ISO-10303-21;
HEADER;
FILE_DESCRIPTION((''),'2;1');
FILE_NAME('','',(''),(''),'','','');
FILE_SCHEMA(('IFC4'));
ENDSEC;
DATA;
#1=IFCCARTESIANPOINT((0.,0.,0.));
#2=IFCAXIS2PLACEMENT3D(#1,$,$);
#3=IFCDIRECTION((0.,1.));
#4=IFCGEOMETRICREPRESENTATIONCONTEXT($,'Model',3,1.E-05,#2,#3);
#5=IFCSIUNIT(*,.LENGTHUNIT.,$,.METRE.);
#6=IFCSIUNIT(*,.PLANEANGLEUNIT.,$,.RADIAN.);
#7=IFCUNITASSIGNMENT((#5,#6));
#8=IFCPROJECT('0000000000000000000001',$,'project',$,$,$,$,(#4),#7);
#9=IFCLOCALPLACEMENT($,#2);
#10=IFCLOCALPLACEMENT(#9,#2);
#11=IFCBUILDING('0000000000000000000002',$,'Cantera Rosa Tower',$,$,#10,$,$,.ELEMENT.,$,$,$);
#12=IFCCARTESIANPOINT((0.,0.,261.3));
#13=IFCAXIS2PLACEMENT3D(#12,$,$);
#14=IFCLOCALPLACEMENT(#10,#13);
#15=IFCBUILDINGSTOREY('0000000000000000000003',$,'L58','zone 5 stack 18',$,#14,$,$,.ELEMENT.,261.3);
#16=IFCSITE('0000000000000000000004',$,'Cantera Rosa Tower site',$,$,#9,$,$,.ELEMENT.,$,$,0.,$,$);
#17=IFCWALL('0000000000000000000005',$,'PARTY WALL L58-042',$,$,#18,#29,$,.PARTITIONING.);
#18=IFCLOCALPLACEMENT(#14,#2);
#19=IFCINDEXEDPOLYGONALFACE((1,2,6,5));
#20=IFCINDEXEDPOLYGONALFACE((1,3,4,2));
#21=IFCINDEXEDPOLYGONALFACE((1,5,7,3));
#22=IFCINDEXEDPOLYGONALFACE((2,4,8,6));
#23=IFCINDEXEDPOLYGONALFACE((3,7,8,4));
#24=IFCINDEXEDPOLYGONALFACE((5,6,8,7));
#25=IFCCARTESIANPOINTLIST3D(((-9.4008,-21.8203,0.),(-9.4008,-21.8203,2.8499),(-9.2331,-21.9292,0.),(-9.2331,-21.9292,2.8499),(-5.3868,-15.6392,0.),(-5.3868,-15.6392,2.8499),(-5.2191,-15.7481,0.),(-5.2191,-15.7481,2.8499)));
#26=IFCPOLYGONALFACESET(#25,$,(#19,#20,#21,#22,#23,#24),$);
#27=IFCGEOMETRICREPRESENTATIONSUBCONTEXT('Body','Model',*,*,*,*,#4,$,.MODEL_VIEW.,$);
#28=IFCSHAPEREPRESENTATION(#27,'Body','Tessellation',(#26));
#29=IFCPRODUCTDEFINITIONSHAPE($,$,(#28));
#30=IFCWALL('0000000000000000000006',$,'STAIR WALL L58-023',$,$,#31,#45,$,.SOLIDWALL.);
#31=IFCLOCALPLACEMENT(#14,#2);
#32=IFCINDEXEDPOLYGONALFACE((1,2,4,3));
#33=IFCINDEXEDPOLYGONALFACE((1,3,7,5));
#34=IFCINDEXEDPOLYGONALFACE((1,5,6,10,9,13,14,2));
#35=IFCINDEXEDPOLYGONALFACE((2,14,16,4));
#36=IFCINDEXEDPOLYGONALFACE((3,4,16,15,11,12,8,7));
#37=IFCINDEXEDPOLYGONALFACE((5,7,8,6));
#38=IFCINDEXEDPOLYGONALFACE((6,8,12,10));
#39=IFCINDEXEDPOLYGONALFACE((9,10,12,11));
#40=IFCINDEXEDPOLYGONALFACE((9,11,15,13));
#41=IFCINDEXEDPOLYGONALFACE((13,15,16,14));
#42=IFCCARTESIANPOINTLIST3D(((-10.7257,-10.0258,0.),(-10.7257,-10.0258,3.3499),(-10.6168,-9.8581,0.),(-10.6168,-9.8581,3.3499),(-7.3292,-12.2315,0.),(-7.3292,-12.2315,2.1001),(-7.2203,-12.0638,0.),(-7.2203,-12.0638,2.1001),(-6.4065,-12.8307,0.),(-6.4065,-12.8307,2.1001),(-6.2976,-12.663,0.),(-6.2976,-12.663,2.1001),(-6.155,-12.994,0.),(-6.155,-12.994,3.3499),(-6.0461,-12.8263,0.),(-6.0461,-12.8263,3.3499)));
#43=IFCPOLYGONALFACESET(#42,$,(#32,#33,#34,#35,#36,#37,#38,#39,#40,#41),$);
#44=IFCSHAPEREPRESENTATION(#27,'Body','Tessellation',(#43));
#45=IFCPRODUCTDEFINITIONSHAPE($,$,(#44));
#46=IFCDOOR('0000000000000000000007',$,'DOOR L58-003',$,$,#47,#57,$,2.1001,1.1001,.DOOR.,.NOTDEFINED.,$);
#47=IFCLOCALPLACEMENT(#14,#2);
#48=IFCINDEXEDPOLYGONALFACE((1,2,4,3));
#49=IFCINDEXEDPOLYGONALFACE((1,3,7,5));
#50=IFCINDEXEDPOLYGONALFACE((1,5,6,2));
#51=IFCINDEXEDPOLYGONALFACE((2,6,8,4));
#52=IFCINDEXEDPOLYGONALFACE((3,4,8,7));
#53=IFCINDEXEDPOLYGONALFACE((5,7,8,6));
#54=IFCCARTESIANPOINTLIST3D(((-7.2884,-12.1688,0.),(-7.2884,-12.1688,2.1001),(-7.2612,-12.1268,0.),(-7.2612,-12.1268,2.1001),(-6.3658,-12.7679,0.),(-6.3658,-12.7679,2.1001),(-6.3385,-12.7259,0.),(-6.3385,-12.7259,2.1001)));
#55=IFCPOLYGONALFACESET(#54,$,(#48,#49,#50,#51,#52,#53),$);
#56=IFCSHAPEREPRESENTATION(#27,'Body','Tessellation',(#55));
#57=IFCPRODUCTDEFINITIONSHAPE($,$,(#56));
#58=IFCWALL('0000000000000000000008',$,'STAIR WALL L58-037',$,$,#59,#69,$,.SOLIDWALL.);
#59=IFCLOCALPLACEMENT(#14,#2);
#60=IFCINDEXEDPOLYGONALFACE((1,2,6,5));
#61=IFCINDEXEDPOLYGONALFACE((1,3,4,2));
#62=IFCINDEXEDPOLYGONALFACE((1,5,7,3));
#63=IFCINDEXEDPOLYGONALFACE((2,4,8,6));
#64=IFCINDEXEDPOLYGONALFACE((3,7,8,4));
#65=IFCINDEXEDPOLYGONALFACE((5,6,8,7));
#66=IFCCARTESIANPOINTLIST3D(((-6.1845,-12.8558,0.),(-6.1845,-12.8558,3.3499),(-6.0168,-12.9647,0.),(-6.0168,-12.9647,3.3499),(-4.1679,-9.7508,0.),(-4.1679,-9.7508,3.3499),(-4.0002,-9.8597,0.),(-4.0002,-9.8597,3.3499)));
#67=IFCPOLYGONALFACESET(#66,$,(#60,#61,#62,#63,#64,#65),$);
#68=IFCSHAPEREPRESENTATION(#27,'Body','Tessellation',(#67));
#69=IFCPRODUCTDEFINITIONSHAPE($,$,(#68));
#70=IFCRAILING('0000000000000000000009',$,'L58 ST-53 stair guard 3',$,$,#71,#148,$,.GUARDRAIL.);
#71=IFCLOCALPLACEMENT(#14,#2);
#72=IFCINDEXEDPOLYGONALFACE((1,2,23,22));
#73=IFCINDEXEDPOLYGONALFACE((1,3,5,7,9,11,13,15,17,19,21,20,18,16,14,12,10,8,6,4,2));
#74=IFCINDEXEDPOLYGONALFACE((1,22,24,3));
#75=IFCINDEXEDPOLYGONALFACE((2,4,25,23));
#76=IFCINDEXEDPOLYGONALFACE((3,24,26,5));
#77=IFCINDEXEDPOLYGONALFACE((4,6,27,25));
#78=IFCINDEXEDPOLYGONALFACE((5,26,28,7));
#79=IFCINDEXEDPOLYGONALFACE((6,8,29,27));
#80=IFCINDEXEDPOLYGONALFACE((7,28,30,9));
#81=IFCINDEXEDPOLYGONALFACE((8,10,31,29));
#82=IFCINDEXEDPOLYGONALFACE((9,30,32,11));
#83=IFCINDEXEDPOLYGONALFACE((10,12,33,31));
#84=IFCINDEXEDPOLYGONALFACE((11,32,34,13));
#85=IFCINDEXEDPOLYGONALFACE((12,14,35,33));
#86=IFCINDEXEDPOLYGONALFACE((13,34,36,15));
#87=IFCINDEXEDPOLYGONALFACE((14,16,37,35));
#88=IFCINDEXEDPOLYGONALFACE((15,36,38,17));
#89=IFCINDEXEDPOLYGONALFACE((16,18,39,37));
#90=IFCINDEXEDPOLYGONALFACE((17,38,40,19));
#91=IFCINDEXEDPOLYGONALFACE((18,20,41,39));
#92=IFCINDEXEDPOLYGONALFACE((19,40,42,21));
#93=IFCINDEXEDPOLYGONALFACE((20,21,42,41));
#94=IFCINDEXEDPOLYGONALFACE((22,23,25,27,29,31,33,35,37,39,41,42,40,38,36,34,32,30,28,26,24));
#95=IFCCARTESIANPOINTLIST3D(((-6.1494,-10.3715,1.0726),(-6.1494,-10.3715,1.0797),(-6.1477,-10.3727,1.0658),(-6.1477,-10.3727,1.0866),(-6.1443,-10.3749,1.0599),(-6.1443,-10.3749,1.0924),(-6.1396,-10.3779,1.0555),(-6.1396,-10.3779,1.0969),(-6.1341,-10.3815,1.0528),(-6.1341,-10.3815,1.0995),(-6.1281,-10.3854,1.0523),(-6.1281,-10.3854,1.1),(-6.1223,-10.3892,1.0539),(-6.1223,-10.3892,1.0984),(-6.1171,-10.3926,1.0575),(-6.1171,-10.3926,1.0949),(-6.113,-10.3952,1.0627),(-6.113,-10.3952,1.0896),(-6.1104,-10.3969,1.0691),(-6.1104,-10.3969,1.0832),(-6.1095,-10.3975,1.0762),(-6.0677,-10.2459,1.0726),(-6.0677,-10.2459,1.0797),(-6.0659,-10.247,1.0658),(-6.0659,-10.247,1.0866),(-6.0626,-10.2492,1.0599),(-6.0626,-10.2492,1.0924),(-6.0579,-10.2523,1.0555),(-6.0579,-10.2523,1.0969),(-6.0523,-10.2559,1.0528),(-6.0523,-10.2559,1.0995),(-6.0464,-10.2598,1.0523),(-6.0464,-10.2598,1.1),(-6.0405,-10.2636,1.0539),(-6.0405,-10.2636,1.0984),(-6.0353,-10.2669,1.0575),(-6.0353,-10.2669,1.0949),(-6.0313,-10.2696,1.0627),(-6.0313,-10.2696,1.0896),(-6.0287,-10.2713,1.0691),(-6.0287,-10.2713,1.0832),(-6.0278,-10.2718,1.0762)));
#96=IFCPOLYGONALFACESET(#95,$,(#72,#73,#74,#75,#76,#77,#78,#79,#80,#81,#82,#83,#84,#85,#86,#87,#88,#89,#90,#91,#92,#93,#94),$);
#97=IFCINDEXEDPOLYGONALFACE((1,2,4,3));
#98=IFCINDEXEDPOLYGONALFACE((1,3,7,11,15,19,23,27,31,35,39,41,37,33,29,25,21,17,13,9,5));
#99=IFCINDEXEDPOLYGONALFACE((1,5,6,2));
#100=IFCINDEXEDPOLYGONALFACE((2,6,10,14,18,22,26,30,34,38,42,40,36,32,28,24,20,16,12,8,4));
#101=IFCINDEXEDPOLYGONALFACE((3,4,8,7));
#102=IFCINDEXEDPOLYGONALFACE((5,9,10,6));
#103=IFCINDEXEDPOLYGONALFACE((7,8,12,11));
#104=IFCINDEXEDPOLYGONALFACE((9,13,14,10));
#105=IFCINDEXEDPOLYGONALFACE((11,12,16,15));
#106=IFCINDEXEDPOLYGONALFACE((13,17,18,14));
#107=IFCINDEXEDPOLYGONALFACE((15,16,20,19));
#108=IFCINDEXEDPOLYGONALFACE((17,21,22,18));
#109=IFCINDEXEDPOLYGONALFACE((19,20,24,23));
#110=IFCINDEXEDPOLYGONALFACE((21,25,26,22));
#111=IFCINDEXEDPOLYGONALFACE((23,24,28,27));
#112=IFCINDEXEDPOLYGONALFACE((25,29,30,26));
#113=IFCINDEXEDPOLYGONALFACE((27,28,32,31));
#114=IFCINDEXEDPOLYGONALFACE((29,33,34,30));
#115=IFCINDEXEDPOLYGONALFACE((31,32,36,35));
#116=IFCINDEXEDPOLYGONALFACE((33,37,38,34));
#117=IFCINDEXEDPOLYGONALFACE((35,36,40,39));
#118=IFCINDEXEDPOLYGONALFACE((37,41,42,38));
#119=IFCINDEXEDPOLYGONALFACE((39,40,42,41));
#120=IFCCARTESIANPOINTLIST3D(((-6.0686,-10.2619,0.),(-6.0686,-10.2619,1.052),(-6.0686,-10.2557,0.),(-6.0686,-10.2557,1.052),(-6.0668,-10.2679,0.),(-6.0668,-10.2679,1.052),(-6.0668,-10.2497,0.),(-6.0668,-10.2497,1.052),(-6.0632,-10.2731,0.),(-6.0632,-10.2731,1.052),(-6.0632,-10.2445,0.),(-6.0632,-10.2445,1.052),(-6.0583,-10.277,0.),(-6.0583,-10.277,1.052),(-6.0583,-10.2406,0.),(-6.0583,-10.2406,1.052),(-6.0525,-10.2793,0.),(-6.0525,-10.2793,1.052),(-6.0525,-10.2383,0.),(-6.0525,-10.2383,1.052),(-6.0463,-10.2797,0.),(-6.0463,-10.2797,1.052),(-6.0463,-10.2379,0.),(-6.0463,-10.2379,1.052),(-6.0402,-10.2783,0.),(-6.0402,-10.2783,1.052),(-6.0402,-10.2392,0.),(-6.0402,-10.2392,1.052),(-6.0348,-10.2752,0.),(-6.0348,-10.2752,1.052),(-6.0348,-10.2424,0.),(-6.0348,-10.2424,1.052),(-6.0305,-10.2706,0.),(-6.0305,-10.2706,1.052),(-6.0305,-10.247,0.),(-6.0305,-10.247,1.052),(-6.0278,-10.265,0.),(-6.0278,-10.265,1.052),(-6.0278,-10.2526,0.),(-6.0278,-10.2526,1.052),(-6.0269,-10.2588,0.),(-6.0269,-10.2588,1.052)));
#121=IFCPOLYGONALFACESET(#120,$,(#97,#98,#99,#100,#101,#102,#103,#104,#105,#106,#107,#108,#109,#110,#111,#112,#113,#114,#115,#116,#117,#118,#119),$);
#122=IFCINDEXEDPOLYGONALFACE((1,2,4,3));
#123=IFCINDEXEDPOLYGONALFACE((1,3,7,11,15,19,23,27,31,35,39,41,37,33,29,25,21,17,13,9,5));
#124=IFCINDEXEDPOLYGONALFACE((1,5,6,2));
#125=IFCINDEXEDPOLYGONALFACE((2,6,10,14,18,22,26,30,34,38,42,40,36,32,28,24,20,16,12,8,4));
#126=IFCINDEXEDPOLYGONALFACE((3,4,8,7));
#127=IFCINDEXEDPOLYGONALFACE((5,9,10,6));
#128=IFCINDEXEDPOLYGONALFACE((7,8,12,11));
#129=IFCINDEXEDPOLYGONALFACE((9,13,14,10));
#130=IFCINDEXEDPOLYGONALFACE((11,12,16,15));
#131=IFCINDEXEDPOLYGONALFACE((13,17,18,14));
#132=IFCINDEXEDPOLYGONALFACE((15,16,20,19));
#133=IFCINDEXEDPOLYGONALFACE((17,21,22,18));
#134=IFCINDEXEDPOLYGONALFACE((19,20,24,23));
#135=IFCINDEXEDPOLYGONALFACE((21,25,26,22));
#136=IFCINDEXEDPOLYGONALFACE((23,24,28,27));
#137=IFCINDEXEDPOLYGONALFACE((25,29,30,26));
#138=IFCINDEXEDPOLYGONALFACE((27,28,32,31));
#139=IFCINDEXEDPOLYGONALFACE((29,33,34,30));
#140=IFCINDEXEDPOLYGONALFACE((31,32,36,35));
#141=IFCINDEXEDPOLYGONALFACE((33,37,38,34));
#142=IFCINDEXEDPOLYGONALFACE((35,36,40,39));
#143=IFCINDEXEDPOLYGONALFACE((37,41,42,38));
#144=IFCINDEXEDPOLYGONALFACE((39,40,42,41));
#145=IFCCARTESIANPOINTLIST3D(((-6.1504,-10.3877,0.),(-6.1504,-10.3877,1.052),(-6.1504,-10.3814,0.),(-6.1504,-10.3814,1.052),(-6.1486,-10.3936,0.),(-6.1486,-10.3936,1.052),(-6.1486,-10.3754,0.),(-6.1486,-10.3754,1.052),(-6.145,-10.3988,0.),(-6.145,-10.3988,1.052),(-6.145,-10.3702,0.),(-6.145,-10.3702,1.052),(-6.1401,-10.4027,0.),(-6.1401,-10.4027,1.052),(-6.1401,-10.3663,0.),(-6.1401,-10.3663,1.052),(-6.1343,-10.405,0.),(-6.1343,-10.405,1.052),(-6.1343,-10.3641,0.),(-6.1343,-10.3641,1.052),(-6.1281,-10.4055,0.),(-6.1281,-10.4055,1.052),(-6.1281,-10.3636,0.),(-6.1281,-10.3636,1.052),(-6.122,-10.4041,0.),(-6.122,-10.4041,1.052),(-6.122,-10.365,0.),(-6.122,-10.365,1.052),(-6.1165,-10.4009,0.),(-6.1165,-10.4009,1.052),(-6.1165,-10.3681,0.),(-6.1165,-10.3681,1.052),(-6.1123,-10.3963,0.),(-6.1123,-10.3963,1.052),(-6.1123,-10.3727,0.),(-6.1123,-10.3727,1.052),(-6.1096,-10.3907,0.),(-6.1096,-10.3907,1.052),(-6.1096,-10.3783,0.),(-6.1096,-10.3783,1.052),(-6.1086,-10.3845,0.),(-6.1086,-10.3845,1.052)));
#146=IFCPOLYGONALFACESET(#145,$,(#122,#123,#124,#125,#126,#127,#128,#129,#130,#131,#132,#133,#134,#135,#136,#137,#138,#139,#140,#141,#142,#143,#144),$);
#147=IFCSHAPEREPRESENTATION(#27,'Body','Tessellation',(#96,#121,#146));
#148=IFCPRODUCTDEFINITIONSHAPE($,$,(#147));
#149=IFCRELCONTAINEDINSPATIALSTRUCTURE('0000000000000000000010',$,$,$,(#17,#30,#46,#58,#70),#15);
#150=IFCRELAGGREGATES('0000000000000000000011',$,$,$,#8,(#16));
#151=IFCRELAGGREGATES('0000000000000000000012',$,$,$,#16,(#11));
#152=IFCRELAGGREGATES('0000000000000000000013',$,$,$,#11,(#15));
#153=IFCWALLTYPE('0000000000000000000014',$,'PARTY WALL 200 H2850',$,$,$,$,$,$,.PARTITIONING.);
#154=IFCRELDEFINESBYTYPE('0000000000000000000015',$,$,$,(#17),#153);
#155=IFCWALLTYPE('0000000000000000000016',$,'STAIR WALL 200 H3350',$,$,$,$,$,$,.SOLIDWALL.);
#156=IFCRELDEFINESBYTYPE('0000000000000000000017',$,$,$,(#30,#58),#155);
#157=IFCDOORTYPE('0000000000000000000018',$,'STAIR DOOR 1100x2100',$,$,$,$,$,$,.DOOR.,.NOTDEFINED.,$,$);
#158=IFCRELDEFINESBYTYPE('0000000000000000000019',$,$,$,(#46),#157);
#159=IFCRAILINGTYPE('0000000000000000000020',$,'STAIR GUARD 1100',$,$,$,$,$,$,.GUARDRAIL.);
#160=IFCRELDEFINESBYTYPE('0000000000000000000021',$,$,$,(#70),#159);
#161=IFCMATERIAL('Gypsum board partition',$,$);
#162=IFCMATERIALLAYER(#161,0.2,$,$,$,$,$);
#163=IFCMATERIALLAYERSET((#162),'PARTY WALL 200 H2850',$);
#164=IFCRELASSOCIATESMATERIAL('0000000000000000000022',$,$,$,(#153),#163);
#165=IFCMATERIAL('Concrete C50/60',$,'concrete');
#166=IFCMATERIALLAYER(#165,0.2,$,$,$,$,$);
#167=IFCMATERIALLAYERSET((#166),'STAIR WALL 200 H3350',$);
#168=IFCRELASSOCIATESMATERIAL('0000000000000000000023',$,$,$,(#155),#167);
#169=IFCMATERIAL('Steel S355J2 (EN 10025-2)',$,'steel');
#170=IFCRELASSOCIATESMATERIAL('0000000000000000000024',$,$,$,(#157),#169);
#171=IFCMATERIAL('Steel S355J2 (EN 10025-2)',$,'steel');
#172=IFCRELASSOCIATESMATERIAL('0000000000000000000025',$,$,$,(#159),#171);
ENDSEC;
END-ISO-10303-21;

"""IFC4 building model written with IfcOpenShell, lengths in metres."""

from ifc_helpers import new_model, si_unit, direction, frame, frame_2d, origin, origin_2d, place, context, subcontext, project, spatial, rectangle, circle, extrude, material, layer, layer_set, type_object, element, fill, save


model = new_model("IFC4")

# Units and contexts
model_context = context("Model", 3, precision=1e-05, world=origin(), true_north=direction((0.0, 1.0)))
body_context = subcontext(model_context, "Body", "Model", "MODEL_VIEW")
ifc_project = project(units=[si_unit("LENGTHUNIT", "METRE"), si_unit("PLANEANGLEUNIT", "RADIAN")], contexts=[model_context])

# Site, building, storey
site_placement = place(None, origin())
site = spatial("IfcSite", under=ifc_project, at=site_placement, Name="Cantera Rosa Tower site", CompositionType="ELEMENT", RefElevation=0.0)
building_placement = place(site_placement, origin())
building = spatial("IfcBuilding", under=site, at=building_placement, Name="Cantera Rosa Tower", CompositionType="ELEMENT")
storey_placement = place(building_placement, frame((0.0, 0.0, 261.3)))
storey = spatial("IfcBuildingStorey", under=building, at=storey_placement, Name="L58", Description="zone 5 stack 18", CompositionType="ELEMENT", Elevation=261.3)

# Wall
ifc_material_1 = material(Name="Gypsum board partition")
ifc_layer_1 = layer(ifc_material_1, 0.2)
ifc_layer_set_1 = layer_set([ifc_layer_1], Name="PARTY WALL 200 H2850")
wall_type_1 = type_object("IfcWallType", Name="PARTY WALL 200 H2850", PredefinedType="PARTITIONING", material=ifc_layer_set_1)
wall_1_placement = place(storey_placement, frame((-5.303, -15.6936, 0.0), z_axis=(0.0, 0.0, 1.0), x_axis=(-0.544623, -0.838681, 0.0)))
element("IfcWall", 1, at=wall_1_placement, inside=storey, type_object=wall_type_1, Name="PARTY WALL L58-042", PredefinedType="PARTITIONING", context=body_context, shape_type="SweptSolid", body=[
    extrude(rectangle(XDim=7.3701, YDim=0.2, at=frame_2d((3.6851, 0.0))), origin(), (0.0, 0.0, 1.0), 2.8499),
])

# Wall, opening, door
ifc_material_2 = material(Name="Concrete C50/60", Category="concrete")
ifc_layer_2 = layer(ifc_material_2, 0.2)
ifc_layer_set_2 = layer_set([ifc_layer_2], Name="STAIR WALL 200 H3350")
wall_type_2 = type_object("IfcWallType", Name="STAIR WALL 200 H3350", PredefinedType="SOLIDWALL", material=ifc_layer_set_2)
wall_2_placement = place(storey_placement, frame((-10.6714, -9.9419, 0.0), z_axis=(0.0, 0.0, 1.0), x_axis=(0.838675, -0.544632, 0.0)))
wall_2 = element("IfcWall", 2, at=wall_2_placement, inside=storey, type_object=wall_type_2, Name="STAIR WALL L58-023", PredefinedType="SOLIDWALL", context=body_context, shape_type="SweptSolid", body=[
    extrude(rectangle(XDim=5.45, YDim=0.2, at=frame_2d((2.7251, 0.0))), origin(), (0.0, 0.0, 1.0), 3.3499),
])
opening_1_placement = place(wall_2_placement, frame((4.05, 0.0, 0.0)))
opening_1 = element("IfcOpeningElement", 3, at=opening_1_placement, cuts=wall_2, PredefinedType="OPENING", context=body_context, shape_type="SweptSolid", body=[
    extrude(rectangle(XDim=1.1001, YDim=2.1001, at=frame_2d((0.55, 1.05))), frame((0.0, 0.1099, 0.0), z_axis=(0.0, -1.0, 0.0), x_axis=(1.0, 0.0, 0.0)), (0.0, 0.0, 1.0), 0.22),
])
ifc_material_3 = material(Name="Steel S355J2 (EN 10025-2)", Category="steel")
door_type_1 = type_object("IfcDoorType", Name="STAIR DOOR 1100x2100", OperationType="NOTDEFINED", PredefinedType="DOOR", material=ifc_material_3)
door_1_placement = place(opening_1_placement, origin())
door_1 = element("IfcDoor", 4, at=door_1_placement, inside=storey, type_object=door_type_1, Name="DOOR L58-003", OperationType="NOTDEFINED", OverallHeight=2.1001, OverallWidth=1.1001, PredefinedType="DOOR", context=body_context, shape_type="SweptSolid", body=[
    extrude(rectangle(XDim=1.1001, YDim=2.1001, at=frame_2d((0.55, 1.05))), frame((0.0, 0.0249, 0.0), z_axis=(0.0, -1.0, 0.0), x_axis=(1.0, 0.0, 0.0)), (0.0, 0.0, 1.0), 0.05),
])
fill(opening_1, door_1)

# Wall
wall_3_placement = place(storey_placement, frame((-6.1006, -12.9102, 0.0), z_axis=(0.0, 0.0, 1.0), x_axis=(0.544678, 0.838645, 0.0)))
element("IfcWall", 5, at=wall_3_placement, inside=storey, type_object=wall_type_2, Name="STAIR WALL L58-037", PredefinedType="SOLIDWALL", context=body_context, shape_type="SweptSolid", body=[
    extrude(rectangle(XDim=3.7024, YDim=0.2, at=frame_2d((1.8511, 0.0))), origin(), (0.0, 0.0, 1.0), 3.3499),
])

# Railing
ifc_material_4 = material(Name="Steel S355J2 (EN 10025-2)", Category="steel")
railing_type_1 = type_object("IfcRailingType", Name="STAIR GUARD 1100", PredefinedType="GUARDRAIL", material=ifc_material_4)
railing_1_placement = place(storey_placement, frame((-6.0479, -10.2588, 0.0)))
element("IfcRailing", 6, at=railing_1_placement, inside=storey, type_object=railing_type_1, Name="L58 ST-53 stair guard 3", PredefinedType="GUARDRAIL", context=body_context, shape_type="SweptSolid", body=[
    extrude(circle(Radius=0.0239, at=origin_2d()), frame((0.0, 0.0, 1.0762), z_axis=(-0.545274, -0.838258, 0.0), x_axis=(0.838258, -0.545274, 0.0)), (0.0, 0.0, 1.0), 0.1499),
    extrude(circle(Radius=0.021, at=origin_2d()), origin(), (0.0, 0.0, 1.0), 1.052),
    extrude(circle(Radius=0.021, at=origin_2d()), frame((-0.0818, -0.1257, 0.0)), (0.0, 0.0, 1.0), 1.052),
])

save(model, "model.ifc")
